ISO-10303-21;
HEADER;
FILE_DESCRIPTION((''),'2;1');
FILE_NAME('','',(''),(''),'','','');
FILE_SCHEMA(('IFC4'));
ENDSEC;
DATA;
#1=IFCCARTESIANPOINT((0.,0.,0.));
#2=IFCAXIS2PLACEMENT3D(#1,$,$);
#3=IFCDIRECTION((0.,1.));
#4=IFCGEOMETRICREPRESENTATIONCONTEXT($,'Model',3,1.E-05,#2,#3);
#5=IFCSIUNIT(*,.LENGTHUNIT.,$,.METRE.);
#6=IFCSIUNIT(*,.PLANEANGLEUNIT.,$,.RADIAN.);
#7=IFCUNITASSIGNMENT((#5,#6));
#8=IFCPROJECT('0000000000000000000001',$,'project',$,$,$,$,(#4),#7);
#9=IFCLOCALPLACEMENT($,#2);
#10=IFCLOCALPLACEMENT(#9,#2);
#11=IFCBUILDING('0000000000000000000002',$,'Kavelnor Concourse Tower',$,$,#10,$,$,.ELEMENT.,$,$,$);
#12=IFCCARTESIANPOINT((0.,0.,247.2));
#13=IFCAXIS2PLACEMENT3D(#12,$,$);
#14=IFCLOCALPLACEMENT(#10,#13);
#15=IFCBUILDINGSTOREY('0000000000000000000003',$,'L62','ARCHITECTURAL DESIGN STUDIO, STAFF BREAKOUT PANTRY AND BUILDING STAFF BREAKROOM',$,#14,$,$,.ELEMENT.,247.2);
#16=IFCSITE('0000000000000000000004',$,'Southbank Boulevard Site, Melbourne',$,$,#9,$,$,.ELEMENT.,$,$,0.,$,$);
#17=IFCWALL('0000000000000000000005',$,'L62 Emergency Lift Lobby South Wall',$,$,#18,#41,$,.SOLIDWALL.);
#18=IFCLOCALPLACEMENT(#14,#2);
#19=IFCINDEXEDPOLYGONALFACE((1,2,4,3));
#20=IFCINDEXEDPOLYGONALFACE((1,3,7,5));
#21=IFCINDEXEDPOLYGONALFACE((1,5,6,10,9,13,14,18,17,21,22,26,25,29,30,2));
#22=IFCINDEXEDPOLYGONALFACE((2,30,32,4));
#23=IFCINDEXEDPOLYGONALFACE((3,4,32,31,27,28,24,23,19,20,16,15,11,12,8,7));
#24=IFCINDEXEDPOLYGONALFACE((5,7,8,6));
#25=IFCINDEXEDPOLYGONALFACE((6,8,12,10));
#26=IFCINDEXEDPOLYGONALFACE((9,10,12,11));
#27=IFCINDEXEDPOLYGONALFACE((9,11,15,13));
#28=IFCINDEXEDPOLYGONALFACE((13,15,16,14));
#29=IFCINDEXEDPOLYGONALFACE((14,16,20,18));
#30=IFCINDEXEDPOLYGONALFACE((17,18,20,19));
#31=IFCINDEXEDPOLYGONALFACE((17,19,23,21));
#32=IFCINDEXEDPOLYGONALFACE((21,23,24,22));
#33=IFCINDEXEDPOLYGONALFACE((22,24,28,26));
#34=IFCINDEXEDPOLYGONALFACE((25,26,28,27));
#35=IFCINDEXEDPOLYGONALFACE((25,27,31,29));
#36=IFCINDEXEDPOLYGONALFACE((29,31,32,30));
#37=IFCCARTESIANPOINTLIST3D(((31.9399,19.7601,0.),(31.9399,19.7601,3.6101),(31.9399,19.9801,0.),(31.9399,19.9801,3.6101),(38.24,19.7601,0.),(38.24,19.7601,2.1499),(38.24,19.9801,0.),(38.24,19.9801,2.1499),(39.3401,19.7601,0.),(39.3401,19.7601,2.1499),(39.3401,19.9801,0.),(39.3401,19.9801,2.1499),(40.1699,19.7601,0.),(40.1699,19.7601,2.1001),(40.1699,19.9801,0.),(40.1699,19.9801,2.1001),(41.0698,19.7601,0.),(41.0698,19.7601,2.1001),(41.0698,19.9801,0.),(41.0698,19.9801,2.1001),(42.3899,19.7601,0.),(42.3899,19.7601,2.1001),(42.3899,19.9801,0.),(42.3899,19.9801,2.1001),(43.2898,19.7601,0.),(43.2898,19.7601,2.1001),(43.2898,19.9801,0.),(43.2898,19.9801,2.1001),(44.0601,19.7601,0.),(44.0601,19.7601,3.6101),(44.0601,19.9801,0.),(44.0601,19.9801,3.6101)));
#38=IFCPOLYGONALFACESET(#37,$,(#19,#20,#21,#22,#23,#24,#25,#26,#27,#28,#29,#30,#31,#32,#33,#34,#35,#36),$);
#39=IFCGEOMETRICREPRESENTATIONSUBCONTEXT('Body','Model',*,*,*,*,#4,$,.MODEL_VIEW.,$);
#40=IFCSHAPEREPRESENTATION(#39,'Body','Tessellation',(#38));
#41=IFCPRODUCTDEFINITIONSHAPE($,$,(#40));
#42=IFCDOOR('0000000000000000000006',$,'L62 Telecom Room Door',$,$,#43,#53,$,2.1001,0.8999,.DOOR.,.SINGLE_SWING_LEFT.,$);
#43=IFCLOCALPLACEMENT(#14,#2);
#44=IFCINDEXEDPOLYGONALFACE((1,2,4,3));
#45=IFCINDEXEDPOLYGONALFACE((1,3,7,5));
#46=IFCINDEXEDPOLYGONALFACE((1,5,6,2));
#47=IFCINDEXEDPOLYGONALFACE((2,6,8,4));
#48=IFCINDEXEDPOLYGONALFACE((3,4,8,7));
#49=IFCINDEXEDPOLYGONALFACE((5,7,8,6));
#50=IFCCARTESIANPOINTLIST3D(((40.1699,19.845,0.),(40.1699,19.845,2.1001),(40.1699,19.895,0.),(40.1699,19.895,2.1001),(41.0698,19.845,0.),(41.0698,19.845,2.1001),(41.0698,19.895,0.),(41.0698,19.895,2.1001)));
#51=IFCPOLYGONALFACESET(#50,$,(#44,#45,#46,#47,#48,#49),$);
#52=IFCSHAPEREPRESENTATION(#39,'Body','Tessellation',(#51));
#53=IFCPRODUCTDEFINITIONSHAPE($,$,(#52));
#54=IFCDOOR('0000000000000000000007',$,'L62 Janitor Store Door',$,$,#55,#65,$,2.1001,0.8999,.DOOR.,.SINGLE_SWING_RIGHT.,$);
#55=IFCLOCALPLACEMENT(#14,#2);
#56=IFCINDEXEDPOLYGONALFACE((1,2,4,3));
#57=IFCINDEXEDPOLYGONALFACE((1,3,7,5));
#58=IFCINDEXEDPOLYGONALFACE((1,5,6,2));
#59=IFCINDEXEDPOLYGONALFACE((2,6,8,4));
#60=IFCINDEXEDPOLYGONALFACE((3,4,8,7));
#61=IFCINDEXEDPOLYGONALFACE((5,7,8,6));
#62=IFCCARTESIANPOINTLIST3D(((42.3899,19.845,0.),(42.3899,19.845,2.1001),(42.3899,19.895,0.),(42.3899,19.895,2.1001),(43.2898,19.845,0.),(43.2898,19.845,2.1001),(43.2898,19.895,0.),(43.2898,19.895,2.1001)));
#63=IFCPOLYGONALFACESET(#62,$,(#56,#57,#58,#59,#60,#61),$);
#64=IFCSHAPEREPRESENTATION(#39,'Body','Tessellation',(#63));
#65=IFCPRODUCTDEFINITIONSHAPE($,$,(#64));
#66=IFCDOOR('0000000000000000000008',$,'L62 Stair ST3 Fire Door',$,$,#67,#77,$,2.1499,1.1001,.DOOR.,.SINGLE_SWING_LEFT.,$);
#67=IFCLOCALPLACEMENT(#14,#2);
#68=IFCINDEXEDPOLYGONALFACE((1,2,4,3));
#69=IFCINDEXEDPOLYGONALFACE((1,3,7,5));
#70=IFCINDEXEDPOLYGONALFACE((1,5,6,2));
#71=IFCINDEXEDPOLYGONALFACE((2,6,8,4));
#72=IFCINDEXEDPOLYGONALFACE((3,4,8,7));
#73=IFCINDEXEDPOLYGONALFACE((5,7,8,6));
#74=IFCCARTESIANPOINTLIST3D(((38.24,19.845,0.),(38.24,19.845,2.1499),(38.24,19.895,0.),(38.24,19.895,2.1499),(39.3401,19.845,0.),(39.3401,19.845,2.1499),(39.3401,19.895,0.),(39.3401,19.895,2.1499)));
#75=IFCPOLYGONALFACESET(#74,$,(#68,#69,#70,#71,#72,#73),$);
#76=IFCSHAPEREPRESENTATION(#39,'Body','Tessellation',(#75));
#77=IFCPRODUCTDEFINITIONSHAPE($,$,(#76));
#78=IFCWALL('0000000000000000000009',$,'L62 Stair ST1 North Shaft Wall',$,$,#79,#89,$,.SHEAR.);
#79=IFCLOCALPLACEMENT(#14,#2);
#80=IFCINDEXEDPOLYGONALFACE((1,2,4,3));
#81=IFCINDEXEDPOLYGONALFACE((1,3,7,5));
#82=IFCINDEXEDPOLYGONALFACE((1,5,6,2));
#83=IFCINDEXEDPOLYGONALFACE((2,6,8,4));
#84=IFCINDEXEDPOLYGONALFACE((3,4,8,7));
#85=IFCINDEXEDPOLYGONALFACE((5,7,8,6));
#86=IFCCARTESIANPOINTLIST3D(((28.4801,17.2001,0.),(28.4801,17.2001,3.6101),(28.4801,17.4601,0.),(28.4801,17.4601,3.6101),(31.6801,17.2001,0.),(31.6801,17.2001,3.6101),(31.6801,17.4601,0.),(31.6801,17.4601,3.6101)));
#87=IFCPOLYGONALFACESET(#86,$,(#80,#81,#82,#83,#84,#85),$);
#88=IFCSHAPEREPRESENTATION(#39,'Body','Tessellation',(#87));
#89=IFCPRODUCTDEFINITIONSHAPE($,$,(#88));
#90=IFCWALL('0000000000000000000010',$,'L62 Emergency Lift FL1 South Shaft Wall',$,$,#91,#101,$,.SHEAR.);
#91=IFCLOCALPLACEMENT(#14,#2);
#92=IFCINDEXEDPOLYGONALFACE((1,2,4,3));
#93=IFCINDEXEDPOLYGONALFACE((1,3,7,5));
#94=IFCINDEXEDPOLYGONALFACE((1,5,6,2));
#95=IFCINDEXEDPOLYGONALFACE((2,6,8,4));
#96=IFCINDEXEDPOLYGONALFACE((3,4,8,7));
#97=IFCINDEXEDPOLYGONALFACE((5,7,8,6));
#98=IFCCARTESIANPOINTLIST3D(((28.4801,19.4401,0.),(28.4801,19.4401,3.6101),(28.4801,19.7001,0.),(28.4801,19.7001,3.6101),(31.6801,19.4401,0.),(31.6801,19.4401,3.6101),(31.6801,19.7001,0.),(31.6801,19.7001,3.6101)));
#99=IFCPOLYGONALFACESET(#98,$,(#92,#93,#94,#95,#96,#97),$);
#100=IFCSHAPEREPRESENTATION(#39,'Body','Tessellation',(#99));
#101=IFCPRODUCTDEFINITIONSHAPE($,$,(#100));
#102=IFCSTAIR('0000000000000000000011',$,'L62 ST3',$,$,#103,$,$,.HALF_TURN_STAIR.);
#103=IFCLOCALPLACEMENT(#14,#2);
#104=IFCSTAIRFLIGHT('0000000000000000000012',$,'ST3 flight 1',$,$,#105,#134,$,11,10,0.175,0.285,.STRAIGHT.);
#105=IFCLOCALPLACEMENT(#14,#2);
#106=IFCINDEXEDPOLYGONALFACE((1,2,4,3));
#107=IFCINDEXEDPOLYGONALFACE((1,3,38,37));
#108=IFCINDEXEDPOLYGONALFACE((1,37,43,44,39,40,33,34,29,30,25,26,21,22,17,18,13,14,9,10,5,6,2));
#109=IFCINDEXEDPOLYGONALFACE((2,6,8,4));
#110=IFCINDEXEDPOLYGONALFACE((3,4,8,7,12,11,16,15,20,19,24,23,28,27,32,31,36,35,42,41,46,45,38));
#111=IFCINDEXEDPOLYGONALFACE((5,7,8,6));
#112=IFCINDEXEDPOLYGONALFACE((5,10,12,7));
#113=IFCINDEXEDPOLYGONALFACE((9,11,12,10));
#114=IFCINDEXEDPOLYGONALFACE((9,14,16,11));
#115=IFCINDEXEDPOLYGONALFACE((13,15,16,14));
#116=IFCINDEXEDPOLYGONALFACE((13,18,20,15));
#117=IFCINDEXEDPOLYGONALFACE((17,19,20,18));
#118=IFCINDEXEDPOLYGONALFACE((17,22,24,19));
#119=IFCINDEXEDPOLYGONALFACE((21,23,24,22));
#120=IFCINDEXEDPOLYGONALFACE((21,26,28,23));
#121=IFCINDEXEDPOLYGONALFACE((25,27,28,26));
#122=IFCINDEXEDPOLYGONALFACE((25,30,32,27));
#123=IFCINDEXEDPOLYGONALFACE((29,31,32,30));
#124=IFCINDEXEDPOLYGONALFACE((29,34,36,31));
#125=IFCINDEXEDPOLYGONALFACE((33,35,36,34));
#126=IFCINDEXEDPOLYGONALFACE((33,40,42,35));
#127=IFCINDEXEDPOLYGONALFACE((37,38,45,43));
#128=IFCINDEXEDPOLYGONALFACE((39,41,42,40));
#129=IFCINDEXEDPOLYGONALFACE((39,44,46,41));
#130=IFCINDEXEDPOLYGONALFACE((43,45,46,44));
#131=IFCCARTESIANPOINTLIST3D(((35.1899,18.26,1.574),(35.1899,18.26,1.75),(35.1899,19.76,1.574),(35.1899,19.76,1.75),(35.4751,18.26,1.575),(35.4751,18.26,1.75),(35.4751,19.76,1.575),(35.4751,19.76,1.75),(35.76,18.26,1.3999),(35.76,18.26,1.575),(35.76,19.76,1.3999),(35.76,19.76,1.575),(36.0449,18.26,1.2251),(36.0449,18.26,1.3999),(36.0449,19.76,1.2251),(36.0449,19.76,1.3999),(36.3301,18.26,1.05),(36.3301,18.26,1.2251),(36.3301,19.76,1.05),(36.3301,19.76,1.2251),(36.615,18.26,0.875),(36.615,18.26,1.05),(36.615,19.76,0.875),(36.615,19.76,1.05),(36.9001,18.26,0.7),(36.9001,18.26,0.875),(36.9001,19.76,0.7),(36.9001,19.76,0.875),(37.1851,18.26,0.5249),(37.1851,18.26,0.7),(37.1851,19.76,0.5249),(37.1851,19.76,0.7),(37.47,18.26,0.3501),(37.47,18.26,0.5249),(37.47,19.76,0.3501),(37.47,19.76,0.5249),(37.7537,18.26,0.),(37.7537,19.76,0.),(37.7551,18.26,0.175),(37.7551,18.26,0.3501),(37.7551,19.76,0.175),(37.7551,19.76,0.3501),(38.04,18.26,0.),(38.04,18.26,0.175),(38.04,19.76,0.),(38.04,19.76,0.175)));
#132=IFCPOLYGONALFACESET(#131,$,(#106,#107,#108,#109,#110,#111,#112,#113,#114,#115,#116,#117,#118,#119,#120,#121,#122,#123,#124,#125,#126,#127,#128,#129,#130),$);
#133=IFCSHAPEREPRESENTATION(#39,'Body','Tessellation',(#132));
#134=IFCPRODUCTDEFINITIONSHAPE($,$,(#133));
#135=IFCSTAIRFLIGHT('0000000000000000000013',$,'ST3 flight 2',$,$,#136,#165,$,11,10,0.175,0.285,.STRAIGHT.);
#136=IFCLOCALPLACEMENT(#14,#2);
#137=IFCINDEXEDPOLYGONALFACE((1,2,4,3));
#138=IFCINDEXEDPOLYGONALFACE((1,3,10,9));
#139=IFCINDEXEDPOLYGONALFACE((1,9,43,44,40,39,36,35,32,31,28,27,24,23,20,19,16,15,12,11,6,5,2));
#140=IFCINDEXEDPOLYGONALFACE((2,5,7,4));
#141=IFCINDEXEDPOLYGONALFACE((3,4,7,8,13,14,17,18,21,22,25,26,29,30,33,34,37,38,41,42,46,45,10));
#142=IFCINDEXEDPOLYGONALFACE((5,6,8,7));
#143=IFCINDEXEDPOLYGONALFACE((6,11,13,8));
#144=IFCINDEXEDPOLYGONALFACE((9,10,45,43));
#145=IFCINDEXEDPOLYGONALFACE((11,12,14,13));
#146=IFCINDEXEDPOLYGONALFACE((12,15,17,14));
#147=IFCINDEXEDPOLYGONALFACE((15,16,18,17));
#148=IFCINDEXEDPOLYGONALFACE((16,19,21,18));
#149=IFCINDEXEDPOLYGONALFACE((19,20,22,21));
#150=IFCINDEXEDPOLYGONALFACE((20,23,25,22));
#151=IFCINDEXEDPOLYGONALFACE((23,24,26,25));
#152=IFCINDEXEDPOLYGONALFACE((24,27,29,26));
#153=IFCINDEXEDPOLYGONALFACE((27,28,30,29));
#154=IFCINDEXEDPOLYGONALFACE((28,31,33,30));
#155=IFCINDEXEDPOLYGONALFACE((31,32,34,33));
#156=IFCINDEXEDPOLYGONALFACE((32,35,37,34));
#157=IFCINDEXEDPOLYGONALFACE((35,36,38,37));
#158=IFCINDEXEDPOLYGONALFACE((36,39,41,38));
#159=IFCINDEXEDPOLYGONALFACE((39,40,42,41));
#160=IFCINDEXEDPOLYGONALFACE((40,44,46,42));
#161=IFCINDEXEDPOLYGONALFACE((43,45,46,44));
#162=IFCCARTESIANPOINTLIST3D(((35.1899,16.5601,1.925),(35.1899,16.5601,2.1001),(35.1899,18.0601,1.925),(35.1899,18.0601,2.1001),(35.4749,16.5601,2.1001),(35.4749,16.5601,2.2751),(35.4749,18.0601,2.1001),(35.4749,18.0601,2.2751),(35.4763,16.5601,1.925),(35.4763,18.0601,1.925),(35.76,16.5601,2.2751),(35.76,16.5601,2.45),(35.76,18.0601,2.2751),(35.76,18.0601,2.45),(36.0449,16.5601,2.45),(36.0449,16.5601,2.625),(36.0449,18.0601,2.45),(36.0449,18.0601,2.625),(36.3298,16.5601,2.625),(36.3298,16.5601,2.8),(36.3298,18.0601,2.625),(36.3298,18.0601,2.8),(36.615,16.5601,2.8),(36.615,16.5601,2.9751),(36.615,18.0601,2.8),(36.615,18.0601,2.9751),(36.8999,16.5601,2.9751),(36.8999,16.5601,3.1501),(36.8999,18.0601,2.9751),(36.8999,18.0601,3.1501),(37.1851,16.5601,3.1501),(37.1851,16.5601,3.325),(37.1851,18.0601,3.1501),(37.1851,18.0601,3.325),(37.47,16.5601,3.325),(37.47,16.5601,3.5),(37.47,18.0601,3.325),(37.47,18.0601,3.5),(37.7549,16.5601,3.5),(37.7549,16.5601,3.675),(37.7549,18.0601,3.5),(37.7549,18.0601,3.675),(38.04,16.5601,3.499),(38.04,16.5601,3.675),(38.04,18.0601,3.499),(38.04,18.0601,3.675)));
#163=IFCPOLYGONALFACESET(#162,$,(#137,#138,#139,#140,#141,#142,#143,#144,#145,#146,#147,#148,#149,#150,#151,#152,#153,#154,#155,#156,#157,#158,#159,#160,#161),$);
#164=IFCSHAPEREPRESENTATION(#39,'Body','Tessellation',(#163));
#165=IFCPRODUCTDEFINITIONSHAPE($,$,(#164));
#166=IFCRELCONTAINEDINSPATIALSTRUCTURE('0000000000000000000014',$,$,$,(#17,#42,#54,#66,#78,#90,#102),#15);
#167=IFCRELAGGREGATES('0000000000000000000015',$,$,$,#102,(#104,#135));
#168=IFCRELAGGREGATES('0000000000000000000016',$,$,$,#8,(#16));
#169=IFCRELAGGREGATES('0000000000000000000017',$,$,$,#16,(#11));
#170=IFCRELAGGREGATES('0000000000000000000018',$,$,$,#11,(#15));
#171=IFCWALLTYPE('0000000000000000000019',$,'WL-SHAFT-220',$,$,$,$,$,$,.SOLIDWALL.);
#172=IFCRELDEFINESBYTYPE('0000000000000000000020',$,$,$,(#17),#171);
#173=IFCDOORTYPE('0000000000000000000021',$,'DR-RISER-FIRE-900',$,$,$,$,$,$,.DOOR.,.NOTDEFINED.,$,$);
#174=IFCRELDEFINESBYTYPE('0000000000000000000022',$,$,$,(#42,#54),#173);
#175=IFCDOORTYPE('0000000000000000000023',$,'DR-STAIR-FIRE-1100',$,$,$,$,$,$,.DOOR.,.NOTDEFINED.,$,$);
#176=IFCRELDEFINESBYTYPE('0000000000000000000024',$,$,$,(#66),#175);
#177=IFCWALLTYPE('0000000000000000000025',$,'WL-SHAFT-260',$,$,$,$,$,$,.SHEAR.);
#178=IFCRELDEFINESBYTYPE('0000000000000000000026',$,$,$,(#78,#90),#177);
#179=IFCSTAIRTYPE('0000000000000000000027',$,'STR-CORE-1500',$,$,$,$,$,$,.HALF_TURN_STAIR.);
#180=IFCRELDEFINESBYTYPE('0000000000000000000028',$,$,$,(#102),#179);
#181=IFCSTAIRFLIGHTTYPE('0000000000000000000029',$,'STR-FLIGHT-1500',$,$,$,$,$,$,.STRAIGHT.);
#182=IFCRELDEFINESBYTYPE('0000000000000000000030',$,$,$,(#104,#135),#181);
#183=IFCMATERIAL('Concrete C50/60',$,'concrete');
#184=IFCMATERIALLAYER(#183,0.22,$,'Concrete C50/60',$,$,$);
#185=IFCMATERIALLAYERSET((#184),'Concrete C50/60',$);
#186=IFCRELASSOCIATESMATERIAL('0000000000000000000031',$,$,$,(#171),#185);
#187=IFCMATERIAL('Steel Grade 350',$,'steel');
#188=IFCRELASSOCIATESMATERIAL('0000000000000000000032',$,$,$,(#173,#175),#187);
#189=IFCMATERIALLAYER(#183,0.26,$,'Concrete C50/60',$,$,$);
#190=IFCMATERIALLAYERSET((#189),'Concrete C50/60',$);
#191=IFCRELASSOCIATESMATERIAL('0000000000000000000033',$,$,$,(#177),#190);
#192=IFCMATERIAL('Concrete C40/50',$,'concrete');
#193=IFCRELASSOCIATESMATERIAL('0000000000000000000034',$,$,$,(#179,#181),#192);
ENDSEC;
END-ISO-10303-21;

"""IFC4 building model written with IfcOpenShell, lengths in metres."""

from ifc_helpers import new_model, si_unit, direction, frame, frame_2d, origin, place, context, subcontext, project, spatial, polyline, rectangle, outline, extrude, material, layer, layer_set, type_object, element, fill, aggregate, save


model = new_model("IFC4")

# Units and contexts
model_context = context("Model", 3, precision=1e-05, world=origin(), true_north=direction((0.0, 1.0)))
body_context = subcontext(model_context, "Body", "Model", "MODEL_VIEW")
ifc_project = project(units=[si_unit("LENGTHUNIT", "METRE"), si_unit("PLANEANGLEUNIT", "RADIAN")], contexts=[model_context])

# Site, building, storey
site_placement = place(None, origin())
site = spatial("IfcSite", under=ifc_project, at=site_placement, Name="Southbank Boulevard Site, Melbourne", CompositionType="ELEMENT", RefElevation=0.0)
building_placement = place(site_placement, origin())
building = spatial("IfcBuilding", under=site, at=building_placement, Name="Kavelnor Concourse Tower", CompositionType="ELEMENT")
storey_placement = place(building_placement, frame((0.0, 0.0, 247.2)))
storey = spatial("IfcBuildingStorey", under=building, at=storey_placement, Name="L62", Description="ARCHITECTURAL DESIGN STUDIO, STAFF BREAKOUT PANTRY AND BUILDING STAFF BREAKROOM", CompositionType="ELEMENT", Elevation=247.2)

# Shared definitions
ifc_material_1 = material(Name="Steel Grade 350", Category="steel")

# Shared definitions
ifc_material_2 = material(Name="Concrete C50/60", Category="concrete")

# Wall, openings, doors
ifc_layer_1 = layer(ifc_material_2, 0.22, Name="Concrete C50/60")
ifc_layer_set_1 = layer_set([ifc_layer_1], Name="Concrete C50/60")
wall_type_1 = type_object("IfcWallType", Name="WL-SHAFT-220", PredefinedType="SOLIDWALL", material=ifc_layer_set_1)
wall_1_placement = place(storey_placement, frame((31.9399, 19.8701, 0.0), z_axis=(0.0, 0.0, 1.0), x_axis=(1.0, 0.0, 0.0)))
wall_1 = element("IfcWall", 1, at=wall_1_placement, inside=storey, type_object=wall_type_1, Name="L62 Emergency Lift Lobby South Wall", PredefinedType="SOLIDWALL", context=body_context, shape_type="SweptSolid", body=[
    extrude(rectangle(XDim=12.1201, YDim=0.22, at=frame_2d((6.0601, 0.0))), origin(), (0.0, 0.0, 1.0), 3.6101),
])
opening_1_placement = place(wall_1_placement, frame((6.3, 0.0, 0.0)))
opening_1 = element("IfcOpeningElement", 2, at=opening_1_placement, cuts=wall_1, PredefinedType="OPENING", context=body_context, shape_type="SweptSolid", body=[
    extrude(rectangle(XDim=1.1001, YDim=2.1499, at=frame_2d((0.55, 1.075))), frame((0.0, 0.1201, 0.0), z_axis=(0.0, -1.0, 0.0), x_axis=(1.0, 0.0, 0.0)), (0.0, 0.0, 1.0), 0.24),
])
opening_2_placement = place(wall_1_placement, frame((8.23, 0.0, 0.0)))
opening_2 = element("IfcOpeningElement", 3, at=opening_2_placement, cuts=wall_1, PredefinedType="OPENING", context=body_context, shape_type="SweptSolid", body=[
    extrude(rectangle(XDim=0.8999, YDim=2.1001, at=frame_2d((0.45, 1.05))), frame((0.0, 0.1201, 0.0), z_axis=(0.0, -1.0, 0.0), x_axis=(1.0, 0.0, 0.0)), (0.0, 0.0, 1.0), 0.24),
])
opening_3_placement = place(wall_1_placement, frame((10.45, 0.0, 0.0)))
opening_3 = element("IfcOpeningElement", 4, at=opening_3_placement, cuts=wall_1, PredefinedType="OPENING", context=body_context, shape_type="SweptSolid", body=[
    extrude(rectangle(XDim=0.8999, YDim=2.1001, at=frame_2d((0.45, 1.05))), frame((0.0, 0.1201, 0.0), z_axis=(0.0, -1.0, 0.0), x_axis=(1.0, 0.0, 0.0)), (0.0, 0.0, 1.0), 0.24),
])
door_type_1 = type_object("IfcDoorType", Name="DR-RISER-FIRE-900", OperationType="NOTDEFINED", PredefinedType="DOOR", material=ifc_material_1)
door_1_placement = place(opening_2_placement, origin())
door_1 = element("IfcDoor", 5, at=door_1_placement, inside=storey, type_object=door_type_1, Name="L62 Telecom Room Door", OperationType="SINGLE_SWING_LEFT", OverallHeight=2.1001, OverallWidth=0.8999, PredefinedType="DOOR", context=body_context, shape_type="SweptSolid", body=[
    extrude(rectangle(XDim=0.8999, YDim=2.1001, at=frame_2d((0.45, 1.05))), frame((0.0, 0.0249, 0.0), z_axis=(0.0, -1.0, 0.0), x_axis=(1.0, 0.0, 0.0)), (0.0, 0.0, 1.0), 0.05),
])
fill(opening_2, door_1)
door_2_placement = place(opening_3_placement, origin())
door_2 = element("IfcDoor", 6, at=door_2_placement, inside=storey, type_object=door_type_1, Name="L62 Janitor Store Door", OperationType="SINGLE_SWING_RIGHT", OverallHeight=2.1001, OverallWidth=0.8999, PredefinedType="DOOR", context=body_context, shape_type="SweptSolid", body=[
    extrude(rectangle(XDim=0.8999, YDim=2.1001, at=frame_2d((0.45, 1.05))), frame((0.0, 0.0249, 0.0), z_axis=(0.0, -1.0, 0.0), x_axis=(1.0, 0.0, 0.0)), (0.0, 0.0, 1.0), 0.05),
])
fill(opening_3, door_2)
door_type_2 = type_object("IfcDoorType", Name="DR-STAIR-FIRE-1100", OperationType="NOTDEFINED", PredefinedType="DOOR", material=ifc_material_1)
door_3_placement = place(opening_1_placement, origin())
door_3 = element("IfcDoor", 7, at=door_3_placement, inside=storey, type_object=door_type_2, Name="L62 Stair ST3 Fire Door", OperationType="SINGLE_SWING_LEFT", OverallHeight=2.1499, OverallWidth=1.1001, PredefinedType="DOOR", context=body_context, shape_type="SweptSolid", body=[
    extrude(rectangle(XDim=1.1001, YDim=2.1499, at=frame_2d((0.55, 1.075))), frame((0.0, 0.0249, 0.0), z_axis=(0.0, -1.0, 0.0), x_axis=(1.0, 0.0, 0.0)), (0.0, 0.0, 1.0), 0.05),
])
fill(opening_1, door_3)

# Walls
ifc_layer_2 = layer(ifc_material_2, 0.26, Name="Concrete C50/60")
ifc_layer_set_2 = layer_set([ifc_layer_2], Name="Concrete C50/60")
wall_type_2 = type_object("IfcWallType", Name="WL-SHAFT-260", PredefinedType="SHEAR", material=ifc_layer_set_2)
for number, where, z_axis, x_axis, name in (
    (8, (28.48, 17.3301, 0.0), (0.0, 0.0, 1.0), (1.0, 0.0, 0.0), "L62 Stair ST1 North Shaft Wall"),
    (9, (28.48, 19.5701, 0.0), (0.0, 0.0, 1.0), (1.0, 0.0, 0.0), "L62 Emergency Lift FL1 South Shaft Wall"),
):
    element("IfcWall", number, at=place(storey_placement, frame(where, z_axis=z_axis, x_axis=x_axis)), inside=storey, type_object=wall_type_2, Name=name, PredefinedType="SHEAR", context=body_context, shape_type="SweptSolid", body=[
        extrude(rectangle(XDim=3.2, YDim=0.26, at=frame_2d((1.6001, 0.0))), origin(), (0.0, 0.0, 1.0), 3.6101),
    ])

# Stair, stair flights
ifc_material_3 = material(Name="Concrete C40/50", Category="concrete")
stair_type = type_object("IfcStairType", Name="STR-CORE-1500", PredefinedType="HALF_TURN_STAIR", material=ifc_material_3)
stair_placement = place(storey_placement, origin())
stair = element("IfcStair", 10, at=stair_placement, inside=storey, type_object=stair_type, Name="L62 ST3", PredefinedType="HALF_TURN_STAIR")
stair_flight_type = type_object("IfcStairFlightType", Name="STR-FLIGHT-1500", PredefinedType="STRAIGHT", material=ifc_material_3)
stair_flight_1_placement = place(storey_placement, frame((38.04, 19.01, 0.0), z_axis=(0.0, 0.0, 1.0), x_axis=(-1.0, 0.0, 0.0)))
stair_flight_1 = element("IfcStairFlight", 11, at=stair_flight_1_placement, type_object=stair_flight_type, Name="ST3 flight 1", NumberOfRisers=11, NumberOfTreads=10, PredefinedType="STRAIGHT", RiserHeight=0.175, TreadLength=0.285, context=body_context, shape_type="SweptSolid", body=[
    extrude(outline(polyline([(0.0, 0.0), (0.0, 0.175), (0.2849, 0.175), (0.2849, 0.3501), (0.5701, 0.3501), (0.5701, 0.5249), (0.855, 0.5249), (0.855, 0.7), (1.1399, 0.7), (1.1399, 0.875), (1.425, 0.875), (1.425, 1.05), (1.71, 1.05), (1.71, 1.2251), (1.9951, 1.2251), (1.9951, 1.3999), (2.28, 1.3999), (2.28, 1.575), (2.5649, 1.575), (2.5649, 1.75), (2.8501, 1.75), (2.8501, 1.925), (2.8501, 1.574), (0.2864, 0.0), (0.0, 0.0)])), frame((0.0, 0.75, 0.0), z_axis=(0.0, -1.0, 0.0), x_axis=(1.0, 0.0, 0.0)), (0.0, 0.0, 1.0), 1.5),
])
stair_flight_2_placement = place(storey_placement, frame((35.1899, 17.3101, 1.925), z_axis=(0.0, 0.0, 1.0), x_axis=(1.0, 0.0, 0.0)))
stair_flight_2 = element("IfcStairFlight", 12, at=stair_flight_2_placement, type_object=stair_flight_type, Name="ST3 flight 2", NumberOfRisers=11, NumberOfTreads=10, PredefinedType="STRAIGHT", RiserHeight=0.175, TreadLength=0.285, context=body_context, shape_type="SweptSolid", body=[
    extrude(outline(polyline([(0.0, 0.0), (0.0, 0.175), (0.2849, 0.175), (0.2849, 0.3501), (0.5701, 0.3501), (0.5701, 0.5249), (0.855, 0.5249), (0.855, 0.7), (1.1399, 0.7), (1.1399, 0.875), (1.425, 0.875), (1.425, 1.05), (1.71, 1.05), (1.71, 1.2251), (1.9951, 1.2251), (1.9951, 1.3999), (2.28, 1.3999), (2.28, 1.575), (2.5649, 1.575), (2.5649, 1.75), (2.8501, 1.75), (2.8501, 1.925), (2.8501, 1.574), (0.2864, 0.0), (0.0, 0.0)])), frame((0.0, 0.75, 0.0), z_axis=(0.0, -1.0, 0.0), x_axis=(1.0, 0.0, 0.0)), (0.0, 0.0, 1.0), 1.5),
])
aggregate(stair, [stair_flight_1, stair_flight_2])

save(model, "model.ifc")
